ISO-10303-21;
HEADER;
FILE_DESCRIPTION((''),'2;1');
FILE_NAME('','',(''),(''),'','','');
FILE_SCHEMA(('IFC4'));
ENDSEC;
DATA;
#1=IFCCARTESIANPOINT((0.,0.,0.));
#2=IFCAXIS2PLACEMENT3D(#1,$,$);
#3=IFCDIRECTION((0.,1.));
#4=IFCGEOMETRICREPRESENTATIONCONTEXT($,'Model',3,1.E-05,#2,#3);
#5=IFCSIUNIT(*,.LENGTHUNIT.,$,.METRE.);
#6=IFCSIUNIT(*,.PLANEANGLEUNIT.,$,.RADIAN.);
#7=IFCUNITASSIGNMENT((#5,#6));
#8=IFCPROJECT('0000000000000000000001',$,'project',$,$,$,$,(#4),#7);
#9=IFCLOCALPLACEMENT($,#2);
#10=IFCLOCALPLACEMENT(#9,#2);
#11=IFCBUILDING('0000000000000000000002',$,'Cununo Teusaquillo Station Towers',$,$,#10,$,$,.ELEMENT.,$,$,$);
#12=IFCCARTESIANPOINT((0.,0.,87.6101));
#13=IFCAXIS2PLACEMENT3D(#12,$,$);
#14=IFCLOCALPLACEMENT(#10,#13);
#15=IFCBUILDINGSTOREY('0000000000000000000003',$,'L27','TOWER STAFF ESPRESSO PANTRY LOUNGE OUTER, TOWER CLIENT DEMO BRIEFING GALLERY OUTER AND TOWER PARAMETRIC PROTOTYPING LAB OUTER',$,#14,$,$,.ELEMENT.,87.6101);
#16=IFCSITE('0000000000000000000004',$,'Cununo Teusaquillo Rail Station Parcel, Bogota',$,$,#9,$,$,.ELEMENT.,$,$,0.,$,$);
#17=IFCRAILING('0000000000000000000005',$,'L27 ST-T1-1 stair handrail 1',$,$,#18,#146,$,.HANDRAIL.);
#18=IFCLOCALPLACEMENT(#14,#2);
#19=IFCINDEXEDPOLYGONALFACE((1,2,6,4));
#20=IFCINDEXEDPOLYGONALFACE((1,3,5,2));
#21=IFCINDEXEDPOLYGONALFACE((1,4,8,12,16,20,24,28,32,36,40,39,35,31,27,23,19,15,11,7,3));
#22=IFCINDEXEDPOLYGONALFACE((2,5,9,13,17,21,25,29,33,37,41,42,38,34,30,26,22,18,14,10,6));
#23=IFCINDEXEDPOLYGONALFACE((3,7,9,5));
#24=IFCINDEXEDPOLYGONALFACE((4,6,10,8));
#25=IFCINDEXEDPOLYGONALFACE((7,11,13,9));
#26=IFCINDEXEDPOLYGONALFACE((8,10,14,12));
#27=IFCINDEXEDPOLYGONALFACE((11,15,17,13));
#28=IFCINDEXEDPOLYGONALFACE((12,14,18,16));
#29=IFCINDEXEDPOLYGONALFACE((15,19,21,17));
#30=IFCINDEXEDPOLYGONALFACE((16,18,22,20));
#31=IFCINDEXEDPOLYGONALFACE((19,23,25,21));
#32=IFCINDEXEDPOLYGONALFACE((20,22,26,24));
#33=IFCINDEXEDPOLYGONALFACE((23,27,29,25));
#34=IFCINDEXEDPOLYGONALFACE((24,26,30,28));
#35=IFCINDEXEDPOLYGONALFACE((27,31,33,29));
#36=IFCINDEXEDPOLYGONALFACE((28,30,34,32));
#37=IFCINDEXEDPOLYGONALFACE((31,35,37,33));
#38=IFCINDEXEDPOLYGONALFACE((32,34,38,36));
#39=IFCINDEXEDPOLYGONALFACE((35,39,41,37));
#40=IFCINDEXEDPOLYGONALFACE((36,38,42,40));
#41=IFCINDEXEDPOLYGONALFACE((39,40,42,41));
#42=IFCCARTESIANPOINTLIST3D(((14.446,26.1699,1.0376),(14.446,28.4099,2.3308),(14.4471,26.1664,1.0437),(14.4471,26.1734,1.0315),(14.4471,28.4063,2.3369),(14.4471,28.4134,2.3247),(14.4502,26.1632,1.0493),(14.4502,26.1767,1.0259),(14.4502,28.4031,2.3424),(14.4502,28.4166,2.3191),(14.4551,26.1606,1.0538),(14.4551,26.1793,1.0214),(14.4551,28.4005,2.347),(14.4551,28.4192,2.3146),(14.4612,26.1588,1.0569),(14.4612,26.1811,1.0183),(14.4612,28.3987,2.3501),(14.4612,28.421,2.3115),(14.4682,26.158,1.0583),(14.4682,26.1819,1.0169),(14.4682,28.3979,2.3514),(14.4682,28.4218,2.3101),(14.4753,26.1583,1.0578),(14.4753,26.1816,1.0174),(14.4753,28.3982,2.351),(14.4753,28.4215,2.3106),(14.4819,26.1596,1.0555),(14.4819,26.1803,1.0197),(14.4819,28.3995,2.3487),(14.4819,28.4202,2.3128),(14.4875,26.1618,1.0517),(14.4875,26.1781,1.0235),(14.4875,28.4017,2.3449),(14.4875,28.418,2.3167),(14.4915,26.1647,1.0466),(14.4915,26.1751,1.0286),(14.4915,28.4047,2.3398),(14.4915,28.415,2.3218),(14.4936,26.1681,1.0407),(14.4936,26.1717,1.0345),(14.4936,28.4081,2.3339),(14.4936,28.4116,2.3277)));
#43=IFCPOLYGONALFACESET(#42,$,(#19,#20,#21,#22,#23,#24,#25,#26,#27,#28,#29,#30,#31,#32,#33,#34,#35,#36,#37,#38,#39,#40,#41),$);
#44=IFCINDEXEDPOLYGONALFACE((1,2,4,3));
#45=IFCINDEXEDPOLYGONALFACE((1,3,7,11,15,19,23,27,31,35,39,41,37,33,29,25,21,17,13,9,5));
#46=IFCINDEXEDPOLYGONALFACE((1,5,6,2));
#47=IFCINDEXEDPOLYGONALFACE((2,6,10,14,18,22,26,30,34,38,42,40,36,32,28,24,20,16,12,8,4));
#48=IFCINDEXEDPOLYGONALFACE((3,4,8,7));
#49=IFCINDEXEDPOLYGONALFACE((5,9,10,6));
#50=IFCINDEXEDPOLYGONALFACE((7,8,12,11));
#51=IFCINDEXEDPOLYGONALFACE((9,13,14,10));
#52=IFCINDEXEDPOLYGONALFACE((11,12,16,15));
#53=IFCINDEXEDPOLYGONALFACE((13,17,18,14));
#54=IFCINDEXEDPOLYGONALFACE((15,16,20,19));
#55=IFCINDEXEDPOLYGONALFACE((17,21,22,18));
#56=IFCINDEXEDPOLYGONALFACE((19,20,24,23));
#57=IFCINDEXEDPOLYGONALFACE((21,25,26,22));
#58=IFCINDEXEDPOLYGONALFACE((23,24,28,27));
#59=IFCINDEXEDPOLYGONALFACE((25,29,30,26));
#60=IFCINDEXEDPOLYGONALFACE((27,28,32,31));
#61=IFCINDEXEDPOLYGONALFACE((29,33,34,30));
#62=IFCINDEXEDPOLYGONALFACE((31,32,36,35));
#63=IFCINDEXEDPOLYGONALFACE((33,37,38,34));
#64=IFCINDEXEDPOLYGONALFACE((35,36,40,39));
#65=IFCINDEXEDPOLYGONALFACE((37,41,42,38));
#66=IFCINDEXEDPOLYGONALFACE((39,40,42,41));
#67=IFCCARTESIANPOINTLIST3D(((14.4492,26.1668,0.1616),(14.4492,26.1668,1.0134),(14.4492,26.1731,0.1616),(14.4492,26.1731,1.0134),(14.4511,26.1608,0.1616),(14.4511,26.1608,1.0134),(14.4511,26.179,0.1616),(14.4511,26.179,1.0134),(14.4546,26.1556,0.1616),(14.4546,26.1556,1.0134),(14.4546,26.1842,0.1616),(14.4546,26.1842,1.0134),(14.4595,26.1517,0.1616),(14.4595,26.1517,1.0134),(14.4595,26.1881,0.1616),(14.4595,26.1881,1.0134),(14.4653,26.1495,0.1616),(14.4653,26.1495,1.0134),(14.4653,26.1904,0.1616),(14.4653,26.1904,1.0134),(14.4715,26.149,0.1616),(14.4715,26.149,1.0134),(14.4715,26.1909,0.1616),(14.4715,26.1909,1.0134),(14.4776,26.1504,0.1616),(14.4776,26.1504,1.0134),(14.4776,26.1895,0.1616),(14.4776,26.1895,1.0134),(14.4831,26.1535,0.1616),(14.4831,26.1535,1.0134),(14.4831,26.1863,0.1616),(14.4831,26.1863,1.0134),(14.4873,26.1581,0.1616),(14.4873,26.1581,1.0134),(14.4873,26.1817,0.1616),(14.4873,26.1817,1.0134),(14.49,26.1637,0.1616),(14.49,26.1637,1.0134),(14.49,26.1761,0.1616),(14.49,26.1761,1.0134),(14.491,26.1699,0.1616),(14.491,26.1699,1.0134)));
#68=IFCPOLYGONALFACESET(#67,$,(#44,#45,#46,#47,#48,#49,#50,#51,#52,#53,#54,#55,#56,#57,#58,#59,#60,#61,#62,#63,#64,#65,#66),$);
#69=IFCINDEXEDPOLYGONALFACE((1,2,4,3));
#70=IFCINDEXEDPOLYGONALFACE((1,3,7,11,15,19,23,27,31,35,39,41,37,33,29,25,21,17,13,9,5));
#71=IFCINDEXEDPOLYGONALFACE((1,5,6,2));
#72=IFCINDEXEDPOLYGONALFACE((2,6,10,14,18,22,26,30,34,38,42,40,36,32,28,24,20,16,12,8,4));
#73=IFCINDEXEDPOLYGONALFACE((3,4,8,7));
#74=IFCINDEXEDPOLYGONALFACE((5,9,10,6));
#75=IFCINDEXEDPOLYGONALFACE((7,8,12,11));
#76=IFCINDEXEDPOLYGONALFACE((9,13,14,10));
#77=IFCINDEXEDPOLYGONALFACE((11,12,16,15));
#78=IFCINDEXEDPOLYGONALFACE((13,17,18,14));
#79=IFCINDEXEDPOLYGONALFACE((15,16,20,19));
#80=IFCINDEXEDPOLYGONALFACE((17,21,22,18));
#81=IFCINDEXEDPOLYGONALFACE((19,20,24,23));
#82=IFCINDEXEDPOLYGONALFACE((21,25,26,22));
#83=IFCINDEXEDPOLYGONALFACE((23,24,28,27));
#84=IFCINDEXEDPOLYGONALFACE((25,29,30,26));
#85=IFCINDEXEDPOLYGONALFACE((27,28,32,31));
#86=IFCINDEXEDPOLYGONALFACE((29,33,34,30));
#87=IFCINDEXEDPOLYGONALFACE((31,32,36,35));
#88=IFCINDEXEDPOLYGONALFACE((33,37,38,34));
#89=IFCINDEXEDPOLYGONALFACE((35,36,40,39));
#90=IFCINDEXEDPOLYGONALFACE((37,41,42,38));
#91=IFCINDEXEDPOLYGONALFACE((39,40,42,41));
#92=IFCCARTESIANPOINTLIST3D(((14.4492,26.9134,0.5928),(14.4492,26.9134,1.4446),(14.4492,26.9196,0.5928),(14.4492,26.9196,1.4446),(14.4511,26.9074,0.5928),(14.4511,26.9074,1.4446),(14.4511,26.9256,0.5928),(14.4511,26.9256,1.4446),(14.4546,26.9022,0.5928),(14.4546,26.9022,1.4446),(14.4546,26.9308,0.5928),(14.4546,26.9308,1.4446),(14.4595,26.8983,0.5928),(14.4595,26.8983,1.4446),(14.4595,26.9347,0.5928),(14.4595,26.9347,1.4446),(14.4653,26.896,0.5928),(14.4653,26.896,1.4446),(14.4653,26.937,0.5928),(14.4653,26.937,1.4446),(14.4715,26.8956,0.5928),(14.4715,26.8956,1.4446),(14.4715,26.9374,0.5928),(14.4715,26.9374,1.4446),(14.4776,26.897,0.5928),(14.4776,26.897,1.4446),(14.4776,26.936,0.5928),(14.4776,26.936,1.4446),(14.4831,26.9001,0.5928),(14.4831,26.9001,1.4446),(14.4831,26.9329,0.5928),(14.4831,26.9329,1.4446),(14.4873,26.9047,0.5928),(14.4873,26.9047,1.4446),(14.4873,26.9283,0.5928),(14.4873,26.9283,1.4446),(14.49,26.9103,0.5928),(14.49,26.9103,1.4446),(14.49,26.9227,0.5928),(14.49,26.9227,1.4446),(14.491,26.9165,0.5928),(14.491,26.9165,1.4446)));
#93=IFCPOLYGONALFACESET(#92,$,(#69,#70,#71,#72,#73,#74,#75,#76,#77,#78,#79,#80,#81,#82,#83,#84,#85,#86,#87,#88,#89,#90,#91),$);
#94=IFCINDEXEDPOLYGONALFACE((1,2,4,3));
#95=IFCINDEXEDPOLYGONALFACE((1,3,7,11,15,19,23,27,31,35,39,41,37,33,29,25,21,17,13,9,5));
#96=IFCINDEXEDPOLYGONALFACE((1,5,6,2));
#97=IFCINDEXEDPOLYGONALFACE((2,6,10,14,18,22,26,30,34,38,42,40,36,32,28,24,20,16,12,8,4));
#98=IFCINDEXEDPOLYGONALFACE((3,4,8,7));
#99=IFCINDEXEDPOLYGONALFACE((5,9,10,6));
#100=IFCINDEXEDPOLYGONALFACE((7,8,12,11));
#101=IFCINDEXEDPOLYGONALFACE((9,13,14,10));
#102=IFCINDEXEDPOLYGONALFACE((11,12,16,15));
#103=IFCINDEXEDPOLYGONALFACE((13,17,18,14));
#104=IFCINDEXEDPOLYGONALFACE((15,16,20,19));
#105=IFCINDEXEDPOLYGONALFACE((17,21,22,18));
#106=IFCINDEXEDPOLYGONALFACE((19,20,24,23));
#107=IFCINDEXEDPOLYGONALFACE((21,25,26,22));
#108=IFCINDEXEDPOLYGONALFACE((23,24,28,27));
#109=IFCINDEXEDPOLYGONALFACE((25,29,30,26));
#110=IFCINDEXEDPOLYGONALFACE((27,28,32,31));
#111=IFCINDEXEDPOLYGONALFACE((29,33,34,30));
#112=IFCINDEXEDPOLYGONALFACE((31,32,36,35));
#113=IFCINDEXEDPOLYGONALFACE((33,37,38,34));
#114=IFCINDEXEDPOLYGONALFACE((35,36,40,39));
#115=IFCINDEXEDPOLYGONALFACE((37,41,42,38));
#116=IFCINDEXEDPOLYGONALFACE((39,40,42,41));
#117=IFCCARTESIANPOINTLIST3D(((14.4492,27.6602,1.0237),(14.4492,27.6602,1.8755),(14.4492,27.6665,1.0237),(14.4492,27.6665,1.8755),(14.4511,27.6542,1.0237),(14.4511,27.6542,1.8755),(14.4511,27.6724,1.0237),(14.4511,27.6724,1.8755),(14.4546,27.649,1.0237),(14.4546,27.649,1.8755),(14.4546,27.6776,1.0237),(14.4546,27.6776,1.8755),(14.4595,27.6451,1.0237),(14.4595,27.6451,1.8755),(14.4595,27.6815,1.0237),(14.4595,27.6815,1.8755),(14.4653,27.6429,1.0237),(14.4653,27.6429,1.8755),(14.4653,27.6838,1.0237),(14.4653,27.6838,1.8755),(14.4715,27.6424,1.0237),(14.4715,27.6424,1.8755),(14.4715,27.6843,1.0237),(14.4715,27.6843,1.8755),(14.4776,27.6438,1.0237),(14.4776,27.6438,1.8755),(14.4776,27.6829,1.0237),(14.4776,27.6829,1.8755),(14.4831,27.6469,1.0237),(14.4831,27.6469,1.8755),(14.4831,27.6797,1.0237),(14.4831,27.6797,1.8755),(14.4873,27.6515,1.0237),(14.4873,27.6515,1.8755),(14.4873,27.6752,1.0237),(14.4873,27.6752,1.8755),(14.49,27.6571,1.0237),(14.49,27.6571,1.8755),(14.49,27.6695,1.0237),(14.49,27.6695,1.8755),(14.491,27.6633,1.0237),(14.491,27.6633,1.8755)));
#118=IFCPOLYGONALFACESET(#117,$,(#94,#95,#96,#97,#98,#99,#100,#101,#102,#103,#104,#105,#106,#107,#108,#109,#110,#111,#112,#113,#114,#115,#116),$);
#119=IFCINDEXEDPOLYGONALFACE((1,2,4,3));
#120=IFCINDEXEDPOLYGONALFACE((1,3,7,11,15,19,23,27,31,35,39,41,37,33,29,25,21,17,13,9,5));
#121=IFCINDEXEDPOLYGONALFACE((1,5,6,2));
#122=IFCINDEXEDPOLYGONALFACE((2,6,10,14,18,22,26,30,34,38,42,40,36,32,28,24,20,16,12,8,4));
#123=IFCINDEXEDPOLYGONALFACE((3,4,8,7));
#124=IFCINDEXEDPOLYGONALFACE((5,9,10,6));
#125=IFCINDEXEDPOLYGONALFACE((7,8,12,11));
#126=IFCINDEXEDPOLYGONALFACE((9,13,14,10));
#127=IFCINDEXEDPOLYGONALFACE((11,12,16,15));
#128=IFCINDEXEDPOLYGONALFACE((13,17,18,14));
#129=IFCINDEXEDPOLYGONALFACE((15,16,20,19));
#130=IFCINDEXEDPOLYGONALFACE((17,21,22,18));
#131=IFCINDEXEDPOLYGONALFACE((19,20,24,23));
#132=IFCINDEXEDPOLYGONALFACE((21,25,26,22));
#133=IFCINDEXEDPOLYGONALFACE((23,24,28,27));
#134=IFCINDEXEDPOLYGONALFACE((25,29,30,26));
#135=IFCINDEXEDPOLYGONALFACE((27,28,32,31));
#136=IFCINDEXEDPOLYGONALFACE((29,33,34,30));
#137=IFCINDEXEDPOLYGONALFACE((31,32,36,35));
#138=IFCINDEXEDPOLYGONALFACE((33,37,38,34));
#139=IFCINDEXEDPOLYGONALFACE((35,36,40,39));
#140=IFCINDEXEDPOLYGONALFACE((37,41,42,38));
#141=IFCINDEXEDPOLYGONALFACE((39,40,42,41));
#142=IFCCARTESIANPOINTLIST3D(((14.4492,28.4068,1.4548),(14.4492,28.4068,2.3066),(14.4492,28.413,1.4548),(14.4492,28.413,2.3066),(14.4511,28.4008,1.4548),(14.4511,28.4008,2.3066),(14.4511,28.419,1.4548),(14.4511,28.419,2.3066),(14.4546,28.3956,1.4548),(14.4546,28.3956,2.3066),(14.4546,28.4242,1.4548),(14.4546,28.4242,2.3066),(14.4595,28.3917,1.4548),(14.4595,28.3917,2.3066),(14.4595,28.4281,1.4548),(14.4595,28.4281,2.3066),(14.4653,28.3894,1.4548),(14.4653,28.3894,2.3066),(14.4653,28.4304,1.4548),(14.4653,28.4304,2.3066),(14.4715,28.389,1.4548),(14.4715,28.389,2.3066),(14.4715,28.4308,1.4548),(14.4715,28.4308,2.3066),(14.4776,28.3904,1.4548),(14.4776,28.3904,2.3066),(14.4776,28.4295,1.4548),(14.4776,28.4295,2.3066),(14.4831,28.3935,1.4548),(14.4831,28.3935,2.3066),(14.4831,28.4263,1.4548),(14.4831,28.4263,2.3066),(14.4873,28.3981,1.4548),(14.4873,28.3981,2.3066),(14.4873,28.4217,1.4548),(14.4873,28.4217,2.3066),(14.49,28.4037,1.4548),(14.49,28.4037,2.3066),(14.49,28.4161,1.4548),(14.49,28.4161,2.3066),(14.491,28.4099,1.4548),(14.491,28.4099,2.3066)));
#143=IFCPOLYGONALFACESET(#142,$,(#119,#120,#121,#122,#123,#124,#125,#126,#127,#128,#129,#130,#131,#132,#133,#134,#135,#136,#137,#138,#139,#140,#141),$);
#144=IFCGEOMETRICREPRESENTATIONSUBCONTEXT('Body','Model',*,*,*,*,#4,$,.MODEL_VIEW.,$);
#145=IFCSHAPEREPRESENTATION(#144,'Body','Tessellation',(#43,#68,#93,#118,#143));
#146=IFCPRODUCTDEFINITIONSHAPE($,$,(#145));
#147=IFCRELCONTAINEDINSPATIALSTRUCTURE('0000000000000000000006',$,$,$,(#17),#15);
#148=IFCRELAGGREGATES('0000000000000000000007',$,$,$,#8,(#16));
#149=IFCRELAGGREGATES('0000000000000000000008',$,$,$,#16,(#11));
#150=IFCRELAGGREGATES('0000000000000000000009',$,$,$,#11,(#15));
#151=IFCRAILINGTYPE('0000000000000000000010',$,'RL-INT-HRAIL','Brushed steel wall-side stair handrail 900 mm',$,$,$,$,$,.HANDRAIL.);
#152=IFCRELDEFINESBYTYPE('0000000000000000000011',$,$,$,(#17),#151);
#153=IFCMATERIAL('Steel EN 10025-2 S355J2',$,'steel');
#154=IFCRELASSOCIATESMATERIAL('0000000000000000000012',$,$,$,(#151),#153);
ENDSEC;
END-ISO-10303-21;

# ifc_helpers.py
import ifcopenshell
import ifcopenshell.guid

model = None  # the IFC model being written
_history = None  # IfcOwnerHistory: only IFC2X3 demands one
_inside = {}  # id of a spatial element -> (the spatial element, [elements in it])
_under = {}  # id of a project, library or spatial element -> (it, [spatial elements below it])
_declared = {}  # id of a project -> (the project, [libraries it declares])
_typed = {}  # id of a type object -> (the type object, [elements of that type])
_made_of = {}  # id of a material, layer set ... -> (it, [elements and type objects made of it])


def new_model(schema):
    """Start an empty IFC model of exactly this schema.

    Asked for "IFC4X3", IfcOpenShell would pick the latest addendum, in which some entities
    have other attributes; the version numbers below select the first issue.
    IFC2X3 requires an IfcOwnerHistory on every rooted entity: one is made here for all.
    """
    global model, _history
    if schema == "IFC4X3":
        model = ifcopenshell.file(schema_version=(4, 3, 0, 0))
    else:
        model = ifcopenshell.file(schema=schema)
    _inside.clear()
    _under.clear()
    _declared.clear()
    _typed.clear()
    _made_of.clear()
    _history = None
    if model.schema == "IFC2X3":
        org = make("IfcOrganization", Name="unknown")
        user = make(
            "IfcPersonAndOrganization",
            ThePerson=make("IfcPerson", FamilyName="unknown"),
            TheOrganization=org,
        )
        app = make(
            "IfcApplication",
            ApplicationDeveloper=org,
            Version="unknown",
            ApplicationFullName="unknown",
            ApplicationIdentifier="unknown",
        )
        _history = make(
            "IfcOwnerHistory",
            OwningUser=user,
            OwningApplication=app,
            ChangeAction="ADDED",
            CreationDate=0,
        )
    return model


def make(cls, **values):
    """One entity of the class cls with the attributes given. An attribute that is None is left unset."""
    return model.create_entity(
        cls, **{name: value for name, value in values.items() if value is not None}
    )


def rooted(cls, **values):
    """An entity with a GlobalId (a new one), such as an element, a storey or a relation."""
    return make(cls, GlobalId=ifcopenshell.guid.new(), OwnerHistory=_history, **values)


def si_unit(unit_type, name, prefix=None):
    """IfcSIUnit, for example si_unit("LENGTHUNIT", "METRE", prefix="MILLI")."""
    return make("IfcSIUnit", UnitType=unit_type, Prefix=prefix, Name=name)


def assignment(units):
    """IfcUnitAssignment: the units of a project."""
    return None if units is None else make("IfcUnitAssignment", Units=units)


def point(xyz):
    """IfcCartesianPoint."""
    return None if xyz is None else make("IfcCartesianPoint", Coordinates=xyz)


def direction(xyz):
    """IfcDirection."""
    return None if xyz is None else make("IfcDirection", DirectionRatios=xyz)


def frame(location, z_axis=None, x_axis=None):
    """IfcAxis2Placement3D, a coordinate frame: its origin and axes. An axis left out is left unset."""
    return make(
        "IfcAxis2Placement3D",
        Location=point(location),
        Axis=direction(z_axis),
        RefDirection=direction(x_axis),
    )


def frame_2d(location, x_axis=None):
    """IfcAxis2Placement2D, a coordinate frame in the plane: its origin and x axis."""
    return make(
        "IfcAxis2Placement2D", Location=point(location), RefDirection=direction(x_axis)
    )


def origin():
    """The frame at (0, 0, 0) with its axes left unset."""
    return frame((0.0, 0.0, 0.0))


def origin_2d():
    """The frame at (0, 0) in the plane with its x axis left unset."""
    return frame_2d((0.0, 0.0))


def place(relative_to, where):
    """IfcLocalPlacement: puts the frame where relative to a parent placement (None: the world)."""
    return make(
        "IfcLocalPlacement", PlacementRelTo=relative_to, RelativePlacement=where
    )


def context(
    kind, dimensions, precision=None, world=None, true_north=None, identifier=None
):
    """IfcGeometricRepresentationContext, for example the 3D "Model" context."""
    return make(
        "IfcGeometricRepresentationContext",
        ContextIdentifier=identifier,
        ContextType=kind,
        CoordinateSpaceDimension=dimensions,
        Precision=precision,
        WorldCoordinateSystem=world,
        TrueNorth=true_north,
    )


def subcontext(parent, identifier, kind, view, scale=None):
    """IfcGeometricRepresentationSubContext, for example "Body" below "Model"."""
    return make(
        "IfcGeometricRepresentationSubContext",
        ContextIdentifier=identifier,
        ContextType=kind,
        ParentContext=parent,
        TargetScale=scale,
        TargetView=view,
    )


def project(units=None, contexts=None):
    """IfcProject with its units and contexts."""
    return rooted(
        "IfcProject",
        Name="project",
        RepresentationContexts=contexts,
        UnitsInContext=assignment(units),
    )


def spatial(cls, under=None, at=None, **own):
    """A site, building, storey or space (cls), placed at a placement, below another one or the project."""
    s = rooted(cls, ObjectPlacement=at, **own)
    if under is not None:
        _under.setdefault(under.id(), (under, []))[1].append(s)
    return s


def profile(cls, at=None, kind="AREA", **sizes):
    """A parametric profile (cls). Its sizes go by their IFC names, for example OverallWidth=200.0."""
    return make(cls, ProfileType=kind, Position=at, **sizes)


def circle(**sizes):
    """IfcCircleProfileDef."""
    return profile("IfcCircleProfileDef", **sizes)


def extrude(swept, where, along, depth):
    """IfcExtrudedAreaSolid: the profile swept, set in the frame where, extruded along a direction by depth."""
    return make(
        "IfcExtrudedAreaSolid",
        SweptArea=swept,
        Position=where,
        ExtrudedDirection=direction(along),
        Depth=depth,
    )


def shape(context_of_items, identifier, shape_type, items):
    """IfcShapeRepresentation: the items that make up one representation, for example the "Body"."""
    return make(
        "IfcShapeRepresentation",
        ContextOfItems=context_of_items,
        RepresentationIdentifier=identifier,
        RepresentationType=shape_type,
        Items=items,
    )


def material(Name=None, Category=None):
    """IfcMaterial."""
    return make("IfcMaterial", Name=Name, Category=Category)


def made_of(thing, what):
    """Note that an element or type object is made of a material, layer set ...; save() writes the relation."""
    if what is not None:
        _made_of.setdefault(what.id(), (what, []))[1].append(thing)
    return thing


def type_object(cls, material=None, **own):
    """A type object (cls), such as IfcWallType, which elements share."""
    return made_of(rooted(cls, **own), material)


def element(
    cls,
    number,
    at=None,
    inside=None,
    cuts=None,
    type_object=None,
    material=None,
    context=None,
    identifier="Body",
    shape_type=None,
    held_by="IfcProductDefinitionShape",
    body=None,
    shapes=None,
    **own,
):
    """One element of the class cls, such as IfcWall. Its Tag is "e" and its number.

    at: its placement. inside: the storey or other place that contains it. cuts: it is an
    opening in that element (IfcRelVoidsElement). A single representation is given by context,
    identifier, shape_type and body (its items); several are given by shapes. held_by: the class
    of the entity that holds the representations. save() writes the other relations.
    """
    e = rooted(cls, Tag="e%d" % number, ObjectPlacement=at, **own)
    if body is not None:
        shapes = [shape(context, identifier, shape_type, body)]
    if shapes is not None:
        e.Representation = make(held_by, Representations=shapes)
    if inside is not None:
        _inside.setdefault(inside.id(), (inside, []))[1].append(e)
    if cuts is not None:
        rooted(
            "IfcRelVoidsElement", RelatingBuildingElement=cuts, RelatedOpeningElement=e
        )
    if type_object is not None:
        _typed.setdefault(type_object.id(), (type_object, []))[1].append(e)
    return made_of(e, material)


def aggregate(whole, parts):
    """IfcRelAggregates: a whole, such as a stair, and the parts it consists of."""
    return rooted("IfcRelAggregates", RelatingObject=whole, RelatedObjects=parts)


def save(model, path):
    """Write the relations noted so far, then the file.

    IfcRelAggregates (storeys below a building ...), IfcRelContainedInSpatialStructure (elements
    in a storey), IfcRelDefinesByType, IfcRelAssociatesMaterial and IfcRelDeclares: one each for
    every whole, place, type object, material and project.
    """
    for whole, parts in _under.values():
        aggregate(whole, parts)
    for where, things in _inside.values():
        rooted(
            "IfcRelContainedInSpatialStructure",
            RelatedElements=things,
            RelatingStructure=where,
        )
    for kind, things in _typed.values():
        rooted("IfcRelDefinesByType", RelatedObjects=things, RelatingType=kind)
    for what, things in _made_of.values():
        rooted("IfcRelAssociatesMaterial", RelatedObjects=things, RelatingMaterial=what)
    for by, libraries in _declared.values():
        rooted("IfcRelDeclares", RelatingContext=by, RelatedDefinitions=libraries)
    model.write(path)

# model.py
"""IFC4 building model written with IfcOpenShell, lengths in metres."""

from ifc_helpers import new_model, si_unit, direction, frame, origin, origin_2d, place, context, subcontext, project, spatial, circle, extrude, material, type_object, element, save


model = new_model("IFC4")

# Units and contexts
model_context = context("Model", 3, precision=1e-05, world=origin(), true_north=direction((0.0, 1.0)))
body_context = subcontext(model_context, "Body", "Model", "MODEL_VIEW")
ifc_project = project(units=[si_unit("LENGTHUNIT", "METRE"), si_unit("PLANEANGLEUNIT", "RADIAN")], contexts=[model_context])

# Site, building, storey
site_placement = place(None, origin())
site = spatial("IfcSite", under=ifc_project, at=site_placement, Name="Cununo Teusaquillo Rail Station Parcel, Bogota", CompositionType="ELEMENT", RefElevation=0.0)
building_placement = place(site_placement, origin())
building = spatial("IfcBuilding", under=site, at=building_placement, Name="Cununo Teusaquillo Station Towers", CompositionType="ELEMENT")
storey_placement = place(building_placement, frame((0.0, 0.0, 87.6101)))
storey = spatial("IfcBuildingStorey", under=building, at=storey_placement, Name="L27", Description="TOWER STAFF ESPRESSO PANTRY LOUNGE OUTER, TOWER CLIENT DEMO BRIEFING GALLERY OUTER AND TOWER PARAMETRIC PROTOTYPING LAB OUTER", CompositionType="ELEMENT", Elevation=87.6101)

# Railing
ifc_material_1 = material(Name="Steel EN 10025-2 S355J2", Category="steel")
railing_type_1 = type_object("IfcRailingType", Name="RL-INT-HRAIL", Description="Brushed steel wall-side stair handrail 900 mm", PredefinedType="HANDRAIL", material=ifc_material_1)
railing_1_placement = place(storey_placement, frame((14.47, 26.1699, 0.1616)))
element("IfcRailing", 1, at=railing_1_placement, inside=storey, type_object=railing_type_1, Name="L27 ST-T1-1 stair handrail 1", PredefinedType="HANDRAIL", context=body_context, shape_type="SweptSolid", body=[
    extrude(circle(Radius=0.0239, at=origin_2d()), frame((0.0, 0.0, 0.876), z_axis=(0.0, 0.866033, 0.499987), x_axis=(-1.0, 0.0, 0.0)), (0.0, 0.0, 1.0), 2.5864),
    extrude(circle(Radius=0.021, at=origin_2d()), origin(), (0.0, 0.0, 1.0), 0.8518),
    extrude(circle(Radius=0.021, at=origin_2d()), frame((0.0, 0.7466, 0.4312)), (0.0, 0.0, 1.0), 0.8518),
    extrude(circle(Radius=0.021, at=origin_2d()), frame((0.0, 1.4934, 0.8621)), (0.0, 0.0, 1.0), 0.8518),
    extrude(circle(Radius=0.021, at=origin_2d()), frame((0.0, 2.24, 1.2932)), (0.0, 0.0, 1.0), 0.8518),
])

save(model, "model.ifc")
